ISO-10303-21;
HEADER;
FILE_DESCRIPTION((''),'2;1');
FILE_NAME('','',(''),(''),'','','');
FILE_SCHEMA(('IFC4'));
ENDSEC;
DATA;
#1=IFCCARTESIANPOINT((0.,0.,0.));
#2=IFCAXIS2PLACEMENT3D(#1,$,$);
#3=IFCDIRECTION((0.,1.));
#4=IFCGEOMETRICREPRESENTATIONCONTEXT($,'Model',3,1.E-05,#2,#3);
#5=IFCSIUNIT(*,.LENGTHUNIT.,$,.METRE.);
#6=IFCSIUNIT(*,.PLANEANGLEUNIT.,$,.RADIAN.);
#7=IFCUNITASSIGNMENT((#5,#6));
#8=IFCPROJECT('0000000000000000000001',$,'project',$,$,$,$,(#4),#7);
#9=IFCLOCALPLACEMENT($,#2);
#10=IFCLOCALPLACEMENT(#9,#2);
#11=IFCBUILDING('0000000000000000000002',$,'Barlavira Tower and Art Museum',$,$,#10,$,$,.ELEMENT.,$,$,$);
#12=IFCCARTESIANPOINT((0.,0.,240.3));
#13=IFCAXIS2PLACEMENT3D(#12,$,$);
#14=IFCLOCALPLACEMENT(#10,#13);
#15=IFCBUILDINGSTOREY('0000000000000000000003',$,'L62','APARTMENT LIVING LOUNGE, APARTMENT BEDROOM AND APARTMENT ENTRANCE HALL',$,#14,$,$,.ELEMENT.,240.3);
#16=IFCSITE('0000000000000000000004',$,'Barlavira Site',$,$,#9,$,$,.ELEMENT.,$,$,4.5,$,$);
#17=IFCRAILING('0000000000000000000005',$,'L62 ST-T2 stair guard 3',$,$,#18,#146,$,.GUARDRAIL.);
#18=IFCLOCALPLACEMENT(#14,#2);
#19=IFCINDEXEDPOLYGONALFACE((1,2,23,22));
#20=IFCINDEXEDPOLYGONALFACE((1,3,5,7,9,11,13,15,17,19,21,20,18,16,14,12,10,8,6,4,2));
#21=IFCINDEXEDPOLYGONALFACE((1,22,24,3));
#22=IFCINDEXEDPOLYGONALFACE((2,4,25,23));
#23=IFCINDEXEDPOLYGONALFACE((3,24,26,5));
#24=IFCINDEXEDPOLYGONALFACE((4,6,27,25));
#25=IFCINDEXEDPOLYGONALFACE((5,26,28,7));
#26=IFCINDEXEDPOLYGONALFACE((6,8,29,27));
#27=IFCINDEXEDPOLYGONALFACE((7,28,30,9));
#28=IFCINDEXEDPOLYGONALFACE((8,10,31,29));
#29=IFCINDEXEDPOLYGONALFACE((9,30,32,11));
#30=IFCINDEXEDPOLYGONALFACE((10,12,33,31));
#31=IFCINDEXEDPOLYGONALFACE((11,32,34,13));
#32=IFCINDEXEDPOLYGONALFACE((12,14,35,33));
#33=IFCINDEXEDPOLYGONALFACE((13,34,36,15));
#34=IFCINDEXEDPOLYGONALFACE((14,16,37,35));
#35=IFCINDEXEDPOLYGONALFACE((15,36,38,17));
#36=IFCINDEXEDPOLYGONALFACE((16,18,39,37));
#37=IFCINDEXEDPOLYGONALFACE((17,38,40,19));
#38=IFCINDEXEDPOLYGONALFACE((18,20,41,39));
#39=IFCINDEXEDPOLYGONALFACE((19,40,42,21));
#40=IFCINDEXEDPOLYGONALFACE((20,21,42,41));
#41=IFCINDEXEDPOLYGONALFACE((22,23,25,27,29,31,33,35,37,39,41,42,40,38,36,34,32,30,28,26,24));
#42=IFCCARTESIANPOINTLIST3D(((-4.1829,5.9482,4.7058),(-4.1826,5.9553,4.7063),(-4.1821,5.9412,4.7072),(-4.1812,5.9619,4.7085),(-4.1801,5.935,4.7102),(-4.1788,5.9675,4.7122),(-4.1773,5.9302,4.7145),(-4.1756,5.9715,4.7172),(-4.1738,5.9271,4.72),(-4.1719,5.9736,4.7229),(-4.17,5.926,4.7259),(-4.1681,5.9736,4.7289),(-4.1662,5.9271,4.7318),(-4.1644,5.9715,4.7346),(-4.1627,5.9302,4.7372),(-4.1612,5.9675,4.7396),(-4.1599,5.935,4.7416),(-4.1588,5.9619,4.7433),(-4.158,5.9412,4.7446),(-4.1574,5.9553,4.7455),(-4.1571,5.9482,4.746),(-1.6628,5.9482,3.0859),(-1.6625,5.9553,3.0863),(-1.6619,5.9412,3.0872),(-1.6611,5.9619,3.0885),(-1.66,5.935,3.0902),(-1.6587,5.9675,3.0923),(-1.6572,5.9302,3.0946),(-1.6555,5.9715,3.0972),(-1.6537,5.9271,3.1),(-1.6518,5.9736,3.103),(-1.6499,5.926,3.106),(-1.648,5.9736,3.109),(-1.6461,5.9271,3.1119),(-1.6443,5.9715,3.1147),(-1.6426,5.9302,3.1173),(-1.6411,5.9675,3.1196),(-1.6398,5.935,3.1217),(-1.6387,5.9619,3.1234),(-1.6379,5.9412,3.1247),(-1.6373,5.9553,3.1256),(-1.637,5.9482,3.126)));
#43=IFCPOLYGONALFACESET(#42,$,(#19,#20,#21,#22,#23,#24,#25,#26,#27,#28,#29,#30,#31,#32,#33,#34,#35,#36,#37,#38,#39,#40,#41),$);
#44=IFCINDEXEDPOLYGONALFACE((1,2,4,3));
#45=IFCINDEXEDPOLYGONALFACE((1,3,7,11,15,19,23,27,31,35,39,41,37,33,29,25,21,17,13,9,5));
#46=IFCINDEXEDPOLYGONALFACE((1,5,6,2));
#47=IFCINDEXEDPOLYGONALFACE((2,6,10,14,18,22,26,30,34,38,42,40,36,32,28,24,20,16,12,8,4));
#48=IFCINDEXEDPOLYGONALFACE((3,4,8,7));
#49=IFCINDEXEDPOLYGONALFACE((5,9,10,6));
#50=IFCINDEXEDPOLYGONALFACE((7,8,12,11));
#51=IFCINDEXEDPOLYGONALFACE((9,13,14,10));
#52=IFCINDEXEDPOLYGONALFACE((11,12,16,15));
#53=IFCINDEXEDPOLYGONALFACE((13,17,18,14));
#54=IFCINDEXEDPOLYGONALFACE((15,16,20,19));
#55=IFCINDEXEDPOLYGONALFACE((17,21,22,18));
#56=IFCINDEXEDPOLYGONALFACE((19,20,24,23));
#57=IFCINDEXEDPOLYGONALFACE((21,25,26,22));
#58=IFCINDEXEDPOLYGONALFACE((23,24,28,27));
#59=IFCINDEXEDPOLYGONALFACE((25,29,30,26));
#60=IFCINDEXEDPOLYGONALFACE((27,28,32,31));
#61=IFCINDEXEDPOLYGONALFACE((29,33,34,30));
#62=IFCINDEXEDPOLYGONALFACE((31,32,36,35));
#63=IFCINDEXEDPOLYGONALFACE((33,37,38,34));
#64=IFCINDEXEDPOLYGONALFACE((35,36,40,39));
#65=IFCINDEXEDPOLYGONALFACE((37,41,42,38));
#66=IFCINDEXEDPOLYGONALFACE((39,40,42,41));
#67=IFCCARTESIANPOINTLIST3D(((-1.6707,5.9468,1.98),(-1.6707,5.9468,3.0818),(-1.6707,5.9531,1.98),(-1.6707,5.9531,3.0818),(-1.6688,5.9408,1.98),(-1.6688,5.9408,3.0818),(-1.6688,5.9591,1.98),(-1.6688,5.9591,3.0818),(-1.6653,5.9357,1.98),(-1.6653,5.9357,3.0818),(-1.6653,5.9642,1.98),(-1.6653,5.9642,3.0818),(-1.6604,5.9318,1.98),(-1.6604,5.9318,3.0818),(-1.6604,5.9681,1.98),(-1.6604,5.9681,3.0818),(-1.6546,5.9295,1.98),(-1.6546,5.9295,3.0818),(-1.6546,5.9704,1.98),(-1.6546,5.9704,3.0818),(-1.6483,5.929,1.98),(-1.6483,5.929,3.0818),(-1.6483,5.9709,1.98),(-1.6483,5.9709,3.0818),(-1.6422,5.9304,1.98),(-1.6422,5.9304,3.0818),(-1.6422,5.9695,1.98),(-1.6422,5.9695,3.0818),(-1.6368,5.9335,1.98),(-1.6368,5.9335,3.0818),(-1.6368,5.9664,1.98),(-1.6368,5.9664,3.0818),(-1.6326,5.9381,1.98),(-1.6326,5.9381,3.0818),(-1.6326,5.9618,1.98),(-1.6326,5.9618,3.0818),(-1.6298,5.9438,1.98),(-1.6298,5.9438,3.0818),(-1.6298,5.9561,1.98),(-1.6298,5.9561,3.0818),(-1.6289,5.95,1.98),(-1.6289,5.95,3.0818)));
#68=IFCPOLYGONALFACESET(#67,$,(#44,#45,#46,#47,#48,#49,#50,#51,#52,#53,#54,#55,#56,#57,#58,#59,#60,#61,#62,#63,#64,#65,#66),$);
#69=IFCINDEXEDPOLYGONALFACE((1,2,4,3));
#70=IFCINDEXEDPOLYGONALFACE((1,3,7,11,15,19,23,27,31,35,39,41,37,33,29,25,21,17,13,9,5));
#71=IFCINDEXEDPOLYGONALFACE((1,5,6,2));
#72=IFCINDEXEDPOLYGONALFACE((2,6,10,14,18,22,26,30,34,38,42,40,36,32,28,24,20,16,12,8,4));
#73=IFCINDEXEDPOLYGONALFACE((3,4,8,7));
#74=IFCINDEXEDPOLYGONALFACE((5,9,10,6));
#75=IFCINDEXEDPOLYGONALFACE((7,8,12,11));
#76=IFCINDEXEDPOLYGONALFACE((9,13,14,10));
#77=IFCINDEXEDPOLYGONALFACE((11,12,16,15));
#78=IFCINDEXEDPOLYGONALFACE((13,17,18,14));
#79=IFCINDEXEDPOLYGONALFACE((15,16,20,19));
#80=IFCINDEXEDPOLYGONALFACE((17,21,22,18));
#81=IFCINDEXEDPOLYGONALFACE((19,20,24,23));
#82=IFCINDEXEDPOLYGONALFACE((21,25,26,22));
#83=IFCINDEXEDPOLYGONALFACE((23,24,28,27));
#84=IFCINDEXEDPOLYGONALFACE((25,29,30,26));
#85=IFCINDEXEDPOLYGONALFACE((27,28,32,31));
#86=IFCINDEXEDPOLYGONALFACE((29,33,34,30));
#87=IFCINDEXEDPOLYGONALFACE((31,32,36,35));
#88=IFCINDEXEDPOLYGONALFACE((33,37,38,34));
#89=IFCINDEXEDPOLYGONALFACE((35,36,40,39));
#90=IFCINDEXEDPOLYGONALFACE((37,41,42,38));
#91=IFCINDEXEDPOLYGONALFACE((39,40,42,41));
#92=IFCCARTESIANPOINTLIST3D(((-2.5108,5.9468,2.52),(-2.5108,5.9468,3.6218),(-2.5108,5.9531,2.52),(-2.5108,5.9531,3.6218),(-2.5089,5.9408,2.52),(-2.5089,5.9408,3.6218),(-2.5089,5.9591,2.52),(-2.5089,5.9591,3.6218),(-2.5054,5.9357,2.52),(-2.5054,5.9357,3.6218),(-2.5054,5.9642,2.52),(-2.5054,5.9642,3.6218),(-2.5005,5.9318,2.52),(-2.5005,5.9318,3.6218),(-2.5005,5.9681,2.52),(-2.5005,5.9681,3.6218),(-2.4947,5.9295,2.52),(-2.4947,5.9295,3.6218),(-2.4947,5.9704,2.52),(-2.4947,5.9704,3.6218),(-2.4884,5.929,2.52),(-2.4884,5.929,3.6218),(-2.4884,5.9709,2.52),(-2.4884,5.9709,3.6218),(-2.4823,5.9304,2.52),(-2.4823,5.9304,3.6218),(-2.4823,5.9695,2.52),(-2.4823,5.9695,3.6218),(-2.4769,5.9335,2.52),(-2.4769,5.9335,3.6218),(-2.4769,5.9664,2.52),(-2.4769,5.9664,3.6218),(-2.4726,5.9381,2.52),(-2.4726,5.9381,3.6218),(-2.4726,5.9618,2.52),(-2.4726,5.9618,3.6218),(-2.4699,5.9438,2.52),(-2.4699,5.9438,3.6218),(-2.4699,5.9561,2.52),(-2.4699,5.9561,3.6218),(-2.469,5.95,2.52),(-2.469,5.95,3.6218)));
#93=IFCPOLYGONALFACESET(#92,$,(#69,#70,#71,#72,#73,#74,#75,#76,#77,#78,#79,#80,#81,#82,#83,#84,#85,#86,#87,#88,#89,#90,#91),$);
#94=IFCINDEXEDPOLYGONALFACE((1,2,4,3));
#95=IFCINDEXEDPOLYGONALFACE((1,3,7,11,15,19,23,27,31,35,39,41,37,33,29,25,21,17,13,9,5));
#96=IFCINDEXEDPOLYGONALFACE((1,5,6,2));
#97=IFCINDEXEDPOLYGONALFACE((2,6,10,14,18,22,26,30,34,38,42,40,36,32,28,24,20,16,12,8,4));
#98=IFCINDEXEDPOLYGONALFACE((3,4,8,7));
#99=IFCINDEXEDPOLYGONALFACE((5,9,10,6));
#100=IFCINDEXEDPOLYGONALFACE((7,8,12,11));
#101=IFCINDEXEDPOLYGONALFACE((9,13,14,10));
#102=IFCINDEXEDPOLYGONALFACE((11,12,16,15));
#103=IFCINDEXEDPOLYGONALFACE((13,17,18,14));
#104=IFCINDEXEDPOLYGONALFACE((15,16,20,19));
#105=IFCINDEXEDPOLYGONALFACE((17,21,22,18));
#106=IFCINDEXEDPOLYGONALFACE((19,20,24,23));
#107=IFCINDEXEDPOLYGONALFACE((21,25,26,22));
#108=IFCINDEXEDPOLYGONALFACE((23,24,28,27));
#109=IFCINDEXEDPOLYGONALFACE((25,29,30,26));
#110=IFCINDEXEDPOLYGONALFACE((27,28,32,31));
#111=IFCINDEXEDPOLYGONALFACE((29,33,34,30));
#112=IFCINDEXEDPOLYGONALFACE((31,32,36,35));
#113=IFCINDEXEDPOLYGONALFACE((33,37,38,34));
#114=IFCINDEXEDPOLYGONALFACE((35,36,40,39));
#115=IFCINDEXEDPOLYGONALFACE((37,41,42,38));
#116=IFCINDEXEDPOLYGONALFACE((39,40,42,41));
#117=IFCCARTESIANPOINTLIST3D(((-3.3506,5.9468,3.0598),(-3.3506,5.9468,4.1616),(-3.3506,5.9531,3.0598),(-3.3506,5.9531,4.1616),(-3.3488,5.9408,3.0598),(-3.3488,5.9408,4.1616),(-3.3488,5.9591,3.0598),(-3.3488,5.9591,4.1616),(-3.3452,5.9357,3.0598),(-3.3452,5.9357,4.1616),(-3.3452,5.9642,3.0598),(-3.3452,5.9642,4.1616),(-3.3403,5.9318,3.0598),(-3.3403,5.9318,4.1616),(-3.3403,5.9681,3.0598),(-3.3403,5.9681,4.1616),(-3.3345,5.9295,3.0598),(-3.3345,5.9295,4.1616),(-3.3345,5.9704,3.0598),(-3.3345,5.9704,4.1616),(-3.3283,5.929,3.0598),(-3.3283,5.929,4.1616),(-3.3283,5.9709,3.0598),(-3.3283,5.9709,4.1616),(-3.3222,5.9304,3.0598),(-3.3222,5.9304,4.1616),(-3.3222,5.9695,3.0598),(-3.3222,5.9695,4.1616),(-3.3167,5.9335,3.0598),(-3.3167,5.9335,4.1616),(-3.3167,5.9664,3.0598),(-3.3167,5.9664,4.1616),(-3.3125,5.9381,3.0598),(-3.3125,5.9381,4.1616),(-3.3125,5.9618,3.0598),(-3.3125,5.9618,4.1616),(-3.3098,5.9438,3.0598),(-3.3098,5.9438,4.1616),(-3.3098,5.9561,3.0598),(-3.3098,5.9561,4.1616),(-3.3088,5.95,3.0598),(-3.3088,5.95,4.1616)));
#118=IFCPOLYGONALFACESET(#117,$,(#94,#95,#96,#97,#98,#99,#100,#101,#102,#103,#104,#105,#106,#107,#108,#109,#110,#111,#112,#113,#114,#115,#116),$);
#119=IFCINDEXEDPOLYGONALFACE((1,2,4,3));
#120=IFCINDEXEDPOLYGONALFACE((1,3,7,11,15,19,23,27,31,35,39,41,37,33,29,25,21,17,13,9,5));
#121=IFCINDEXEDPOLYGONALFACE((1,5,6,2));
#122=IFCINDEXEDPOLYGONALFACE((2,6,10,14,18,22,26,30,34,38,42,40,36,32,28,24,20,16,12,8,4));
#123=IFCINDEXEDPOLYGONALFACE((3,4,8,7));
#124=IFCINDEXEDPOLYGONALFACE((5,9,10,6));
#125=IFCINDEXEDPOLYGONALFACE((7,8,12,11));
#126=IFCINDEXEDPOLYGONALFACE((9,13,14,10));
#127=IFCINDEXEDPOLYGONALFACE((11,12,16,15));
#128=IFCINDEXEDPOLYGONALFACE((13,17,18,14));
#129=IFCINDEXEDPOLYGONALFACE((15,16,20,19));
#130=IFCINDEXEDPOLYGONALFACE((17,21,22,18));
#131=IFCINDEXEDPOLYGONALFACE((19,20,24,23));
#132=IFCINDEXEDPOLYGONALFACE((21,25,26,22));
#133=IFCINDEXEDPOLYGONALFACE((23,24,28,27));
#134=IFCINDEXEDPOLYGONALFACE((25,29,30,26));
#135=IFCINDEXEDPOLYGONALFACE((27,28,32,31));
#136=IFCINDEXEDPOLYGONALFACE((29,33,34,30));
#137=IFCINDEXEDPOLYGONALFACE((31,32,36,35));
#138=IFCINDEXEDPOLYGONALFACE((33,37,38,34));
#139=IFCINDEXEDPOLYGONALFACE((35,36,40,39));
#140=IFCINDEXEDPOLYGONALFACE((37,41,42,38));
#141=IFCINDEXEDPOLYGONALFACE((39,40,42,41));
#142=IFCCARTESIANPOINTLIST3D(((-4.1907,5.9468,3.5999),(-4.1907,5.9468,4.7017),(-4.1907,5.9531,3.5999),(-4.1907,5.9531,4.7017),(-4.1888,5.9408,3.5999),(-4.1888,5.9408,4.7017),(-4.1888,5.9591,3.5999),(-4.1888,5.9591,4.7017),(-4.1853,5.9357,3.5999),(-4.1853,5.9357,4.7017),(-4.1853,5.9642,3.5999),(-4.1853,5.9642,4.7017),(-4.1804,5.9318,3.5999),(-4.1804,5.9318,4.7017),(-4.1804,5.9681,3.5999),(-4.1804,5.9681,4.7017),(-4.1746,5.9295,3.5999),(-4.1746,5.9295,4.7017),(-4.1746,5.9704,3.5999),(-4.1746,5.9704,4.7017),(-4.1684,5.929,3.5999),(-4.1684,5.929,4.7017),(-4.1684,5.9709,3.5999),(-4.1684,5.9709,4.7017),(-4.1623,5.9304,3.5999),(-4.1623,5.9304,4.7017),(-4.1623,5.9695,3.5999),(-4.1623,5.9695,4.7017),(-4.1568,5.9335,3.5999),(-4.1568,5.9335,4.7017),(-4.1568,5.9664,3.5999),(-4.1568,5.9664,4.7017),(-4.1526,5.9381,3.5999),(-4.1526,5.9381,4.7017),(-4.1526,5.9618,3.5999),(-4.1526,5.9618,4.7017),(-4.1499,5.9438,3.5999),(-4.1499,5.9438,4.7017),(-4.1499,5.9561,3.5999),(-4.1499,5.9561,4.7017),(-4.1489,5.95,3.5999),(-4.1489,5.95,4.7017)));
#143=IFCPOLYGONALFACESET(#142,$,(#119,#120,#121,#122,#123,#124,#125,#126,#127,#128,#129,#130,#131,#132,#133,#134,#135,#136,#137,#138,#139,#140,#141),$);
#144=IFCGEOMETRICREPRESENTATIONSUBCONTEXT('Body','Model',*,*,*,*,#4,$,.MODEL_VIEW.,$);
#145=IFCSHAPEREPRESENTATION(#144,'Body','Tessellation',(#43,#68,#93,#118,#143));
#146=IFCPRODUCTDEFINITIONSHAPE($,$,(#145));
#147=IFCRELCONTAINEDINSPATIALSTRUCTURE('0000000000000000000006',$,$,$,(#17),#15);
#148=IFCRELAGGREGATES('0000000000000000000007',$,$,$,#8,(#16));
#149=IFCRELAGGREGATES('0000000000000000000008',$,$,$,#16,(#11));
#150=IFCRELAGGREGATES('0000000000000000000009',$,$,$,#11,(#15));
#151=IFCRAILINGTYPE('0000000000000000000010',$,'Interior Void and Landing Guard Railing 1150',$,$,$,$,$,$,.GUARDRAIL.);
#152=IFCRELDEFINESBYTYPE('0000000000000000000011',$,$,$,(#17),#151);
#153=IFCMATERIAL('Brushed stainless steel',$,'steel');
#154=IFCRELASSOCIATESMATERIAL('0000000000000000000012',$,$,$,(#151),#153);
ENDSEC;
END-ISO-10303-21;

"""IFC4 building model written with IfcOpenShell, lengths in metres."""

from ifc_helpers import new_model, si_unit, direction, frame, origin, origin_2d, place, context, subcontext, project, spatial, circle, extrude, material, type_object, element, save


model = new_model("IFC4")

# Units and contexts
model_context = context("Model", 3, precision=1e-05, world=origin(), true_north=direction((0.0, 1.0)))
body_context = subcontext(model_context, "Body", "Model", "MODEL_VIEW")
ifc_project = project(units=[si_unit("LENGTHUNIT", "METRE"), si_unit("PLANEANGLEUNIT", "RADIAN")], contexts=[model_context])

# Site, building, storey
site_placement = place(None, origin())
site = spatial("IfcSite", under=ifc_project, at=site_placement, Name="Barlavira Site", CompositionType="ELEMENT", RefElevation=4.5)
building_placement = place(site_placement, origin())
building = spatial("IfcBuilding", under=site, at=building_placement, Name="Barlavira Tower and Art Museum", CompositionType="ELEMENT")
storey_placement = place(building_placement, frame((0.0, 0.0, 240.3)))
storey = spatial("IfcBuildingStorey", under=building, at=storey_placement, Name="L62", Description="APARTMENT LIVING LOUNGE, APARTMENT BEDROOM AND APARTMENT ENTRANCE HALL", CompositionType="ELEMENT", Elevation=240.3)

# Shared definitions
ifc_material_1 = material(Name="Brushed stainless steel", Category="steel")

# Railing
railing_type_1 = type_object("IfcRailingType", Name="Interior Void and Landing Guard Railing 1150", PredefinedType="GUARDRAIL", material=ifc_material_1)
railing_1_placement = place(storey_placement, frame((-1.6499, 5.95, 1.98)))
element("IfcRailing", 1, at=railing_1_placement, inside=storey, type_object=railing_type_1, Name="L62 ST-T2 stair guard 3", PredefinedType="GUARDRAIL", context=body_context, shape_type="SweptSolid", body=[
    extrude(circle(Radius=0.0239, at=origin_2d()), frame((0.0, 0.0, 1.126), z_axis=(-0.8412, 0.0, 0.540725), x_axis=(0.0, -1.0, 0.0)), (0.0, 0.0, 1.0), 2.9958),
    extrude(circle(Radius=0.021, at=origin_2d()), origin(), (0.0, 0.0, 1.0), 1.1018),
    extrude(circle(Radius=0.021, at=origin_2d()), frame((-0.8401, 0.0, 0.54)), (0.0, 0.0, 1.0), 1.1018),
    extrude(circle(Radius=0.021, at=origin_2d()), frame((-1.6799, 0.0, 1.0798)), (0.0, 0.0, 1.0), 1.1018),
    extrude(circle(Radius=0.021, at=origin_2d()), frame((-2.52, 0.0, 1.6199)), (0.0, 0.0, 1.0), 1.1018),
])

save(model, "model.ifc")
